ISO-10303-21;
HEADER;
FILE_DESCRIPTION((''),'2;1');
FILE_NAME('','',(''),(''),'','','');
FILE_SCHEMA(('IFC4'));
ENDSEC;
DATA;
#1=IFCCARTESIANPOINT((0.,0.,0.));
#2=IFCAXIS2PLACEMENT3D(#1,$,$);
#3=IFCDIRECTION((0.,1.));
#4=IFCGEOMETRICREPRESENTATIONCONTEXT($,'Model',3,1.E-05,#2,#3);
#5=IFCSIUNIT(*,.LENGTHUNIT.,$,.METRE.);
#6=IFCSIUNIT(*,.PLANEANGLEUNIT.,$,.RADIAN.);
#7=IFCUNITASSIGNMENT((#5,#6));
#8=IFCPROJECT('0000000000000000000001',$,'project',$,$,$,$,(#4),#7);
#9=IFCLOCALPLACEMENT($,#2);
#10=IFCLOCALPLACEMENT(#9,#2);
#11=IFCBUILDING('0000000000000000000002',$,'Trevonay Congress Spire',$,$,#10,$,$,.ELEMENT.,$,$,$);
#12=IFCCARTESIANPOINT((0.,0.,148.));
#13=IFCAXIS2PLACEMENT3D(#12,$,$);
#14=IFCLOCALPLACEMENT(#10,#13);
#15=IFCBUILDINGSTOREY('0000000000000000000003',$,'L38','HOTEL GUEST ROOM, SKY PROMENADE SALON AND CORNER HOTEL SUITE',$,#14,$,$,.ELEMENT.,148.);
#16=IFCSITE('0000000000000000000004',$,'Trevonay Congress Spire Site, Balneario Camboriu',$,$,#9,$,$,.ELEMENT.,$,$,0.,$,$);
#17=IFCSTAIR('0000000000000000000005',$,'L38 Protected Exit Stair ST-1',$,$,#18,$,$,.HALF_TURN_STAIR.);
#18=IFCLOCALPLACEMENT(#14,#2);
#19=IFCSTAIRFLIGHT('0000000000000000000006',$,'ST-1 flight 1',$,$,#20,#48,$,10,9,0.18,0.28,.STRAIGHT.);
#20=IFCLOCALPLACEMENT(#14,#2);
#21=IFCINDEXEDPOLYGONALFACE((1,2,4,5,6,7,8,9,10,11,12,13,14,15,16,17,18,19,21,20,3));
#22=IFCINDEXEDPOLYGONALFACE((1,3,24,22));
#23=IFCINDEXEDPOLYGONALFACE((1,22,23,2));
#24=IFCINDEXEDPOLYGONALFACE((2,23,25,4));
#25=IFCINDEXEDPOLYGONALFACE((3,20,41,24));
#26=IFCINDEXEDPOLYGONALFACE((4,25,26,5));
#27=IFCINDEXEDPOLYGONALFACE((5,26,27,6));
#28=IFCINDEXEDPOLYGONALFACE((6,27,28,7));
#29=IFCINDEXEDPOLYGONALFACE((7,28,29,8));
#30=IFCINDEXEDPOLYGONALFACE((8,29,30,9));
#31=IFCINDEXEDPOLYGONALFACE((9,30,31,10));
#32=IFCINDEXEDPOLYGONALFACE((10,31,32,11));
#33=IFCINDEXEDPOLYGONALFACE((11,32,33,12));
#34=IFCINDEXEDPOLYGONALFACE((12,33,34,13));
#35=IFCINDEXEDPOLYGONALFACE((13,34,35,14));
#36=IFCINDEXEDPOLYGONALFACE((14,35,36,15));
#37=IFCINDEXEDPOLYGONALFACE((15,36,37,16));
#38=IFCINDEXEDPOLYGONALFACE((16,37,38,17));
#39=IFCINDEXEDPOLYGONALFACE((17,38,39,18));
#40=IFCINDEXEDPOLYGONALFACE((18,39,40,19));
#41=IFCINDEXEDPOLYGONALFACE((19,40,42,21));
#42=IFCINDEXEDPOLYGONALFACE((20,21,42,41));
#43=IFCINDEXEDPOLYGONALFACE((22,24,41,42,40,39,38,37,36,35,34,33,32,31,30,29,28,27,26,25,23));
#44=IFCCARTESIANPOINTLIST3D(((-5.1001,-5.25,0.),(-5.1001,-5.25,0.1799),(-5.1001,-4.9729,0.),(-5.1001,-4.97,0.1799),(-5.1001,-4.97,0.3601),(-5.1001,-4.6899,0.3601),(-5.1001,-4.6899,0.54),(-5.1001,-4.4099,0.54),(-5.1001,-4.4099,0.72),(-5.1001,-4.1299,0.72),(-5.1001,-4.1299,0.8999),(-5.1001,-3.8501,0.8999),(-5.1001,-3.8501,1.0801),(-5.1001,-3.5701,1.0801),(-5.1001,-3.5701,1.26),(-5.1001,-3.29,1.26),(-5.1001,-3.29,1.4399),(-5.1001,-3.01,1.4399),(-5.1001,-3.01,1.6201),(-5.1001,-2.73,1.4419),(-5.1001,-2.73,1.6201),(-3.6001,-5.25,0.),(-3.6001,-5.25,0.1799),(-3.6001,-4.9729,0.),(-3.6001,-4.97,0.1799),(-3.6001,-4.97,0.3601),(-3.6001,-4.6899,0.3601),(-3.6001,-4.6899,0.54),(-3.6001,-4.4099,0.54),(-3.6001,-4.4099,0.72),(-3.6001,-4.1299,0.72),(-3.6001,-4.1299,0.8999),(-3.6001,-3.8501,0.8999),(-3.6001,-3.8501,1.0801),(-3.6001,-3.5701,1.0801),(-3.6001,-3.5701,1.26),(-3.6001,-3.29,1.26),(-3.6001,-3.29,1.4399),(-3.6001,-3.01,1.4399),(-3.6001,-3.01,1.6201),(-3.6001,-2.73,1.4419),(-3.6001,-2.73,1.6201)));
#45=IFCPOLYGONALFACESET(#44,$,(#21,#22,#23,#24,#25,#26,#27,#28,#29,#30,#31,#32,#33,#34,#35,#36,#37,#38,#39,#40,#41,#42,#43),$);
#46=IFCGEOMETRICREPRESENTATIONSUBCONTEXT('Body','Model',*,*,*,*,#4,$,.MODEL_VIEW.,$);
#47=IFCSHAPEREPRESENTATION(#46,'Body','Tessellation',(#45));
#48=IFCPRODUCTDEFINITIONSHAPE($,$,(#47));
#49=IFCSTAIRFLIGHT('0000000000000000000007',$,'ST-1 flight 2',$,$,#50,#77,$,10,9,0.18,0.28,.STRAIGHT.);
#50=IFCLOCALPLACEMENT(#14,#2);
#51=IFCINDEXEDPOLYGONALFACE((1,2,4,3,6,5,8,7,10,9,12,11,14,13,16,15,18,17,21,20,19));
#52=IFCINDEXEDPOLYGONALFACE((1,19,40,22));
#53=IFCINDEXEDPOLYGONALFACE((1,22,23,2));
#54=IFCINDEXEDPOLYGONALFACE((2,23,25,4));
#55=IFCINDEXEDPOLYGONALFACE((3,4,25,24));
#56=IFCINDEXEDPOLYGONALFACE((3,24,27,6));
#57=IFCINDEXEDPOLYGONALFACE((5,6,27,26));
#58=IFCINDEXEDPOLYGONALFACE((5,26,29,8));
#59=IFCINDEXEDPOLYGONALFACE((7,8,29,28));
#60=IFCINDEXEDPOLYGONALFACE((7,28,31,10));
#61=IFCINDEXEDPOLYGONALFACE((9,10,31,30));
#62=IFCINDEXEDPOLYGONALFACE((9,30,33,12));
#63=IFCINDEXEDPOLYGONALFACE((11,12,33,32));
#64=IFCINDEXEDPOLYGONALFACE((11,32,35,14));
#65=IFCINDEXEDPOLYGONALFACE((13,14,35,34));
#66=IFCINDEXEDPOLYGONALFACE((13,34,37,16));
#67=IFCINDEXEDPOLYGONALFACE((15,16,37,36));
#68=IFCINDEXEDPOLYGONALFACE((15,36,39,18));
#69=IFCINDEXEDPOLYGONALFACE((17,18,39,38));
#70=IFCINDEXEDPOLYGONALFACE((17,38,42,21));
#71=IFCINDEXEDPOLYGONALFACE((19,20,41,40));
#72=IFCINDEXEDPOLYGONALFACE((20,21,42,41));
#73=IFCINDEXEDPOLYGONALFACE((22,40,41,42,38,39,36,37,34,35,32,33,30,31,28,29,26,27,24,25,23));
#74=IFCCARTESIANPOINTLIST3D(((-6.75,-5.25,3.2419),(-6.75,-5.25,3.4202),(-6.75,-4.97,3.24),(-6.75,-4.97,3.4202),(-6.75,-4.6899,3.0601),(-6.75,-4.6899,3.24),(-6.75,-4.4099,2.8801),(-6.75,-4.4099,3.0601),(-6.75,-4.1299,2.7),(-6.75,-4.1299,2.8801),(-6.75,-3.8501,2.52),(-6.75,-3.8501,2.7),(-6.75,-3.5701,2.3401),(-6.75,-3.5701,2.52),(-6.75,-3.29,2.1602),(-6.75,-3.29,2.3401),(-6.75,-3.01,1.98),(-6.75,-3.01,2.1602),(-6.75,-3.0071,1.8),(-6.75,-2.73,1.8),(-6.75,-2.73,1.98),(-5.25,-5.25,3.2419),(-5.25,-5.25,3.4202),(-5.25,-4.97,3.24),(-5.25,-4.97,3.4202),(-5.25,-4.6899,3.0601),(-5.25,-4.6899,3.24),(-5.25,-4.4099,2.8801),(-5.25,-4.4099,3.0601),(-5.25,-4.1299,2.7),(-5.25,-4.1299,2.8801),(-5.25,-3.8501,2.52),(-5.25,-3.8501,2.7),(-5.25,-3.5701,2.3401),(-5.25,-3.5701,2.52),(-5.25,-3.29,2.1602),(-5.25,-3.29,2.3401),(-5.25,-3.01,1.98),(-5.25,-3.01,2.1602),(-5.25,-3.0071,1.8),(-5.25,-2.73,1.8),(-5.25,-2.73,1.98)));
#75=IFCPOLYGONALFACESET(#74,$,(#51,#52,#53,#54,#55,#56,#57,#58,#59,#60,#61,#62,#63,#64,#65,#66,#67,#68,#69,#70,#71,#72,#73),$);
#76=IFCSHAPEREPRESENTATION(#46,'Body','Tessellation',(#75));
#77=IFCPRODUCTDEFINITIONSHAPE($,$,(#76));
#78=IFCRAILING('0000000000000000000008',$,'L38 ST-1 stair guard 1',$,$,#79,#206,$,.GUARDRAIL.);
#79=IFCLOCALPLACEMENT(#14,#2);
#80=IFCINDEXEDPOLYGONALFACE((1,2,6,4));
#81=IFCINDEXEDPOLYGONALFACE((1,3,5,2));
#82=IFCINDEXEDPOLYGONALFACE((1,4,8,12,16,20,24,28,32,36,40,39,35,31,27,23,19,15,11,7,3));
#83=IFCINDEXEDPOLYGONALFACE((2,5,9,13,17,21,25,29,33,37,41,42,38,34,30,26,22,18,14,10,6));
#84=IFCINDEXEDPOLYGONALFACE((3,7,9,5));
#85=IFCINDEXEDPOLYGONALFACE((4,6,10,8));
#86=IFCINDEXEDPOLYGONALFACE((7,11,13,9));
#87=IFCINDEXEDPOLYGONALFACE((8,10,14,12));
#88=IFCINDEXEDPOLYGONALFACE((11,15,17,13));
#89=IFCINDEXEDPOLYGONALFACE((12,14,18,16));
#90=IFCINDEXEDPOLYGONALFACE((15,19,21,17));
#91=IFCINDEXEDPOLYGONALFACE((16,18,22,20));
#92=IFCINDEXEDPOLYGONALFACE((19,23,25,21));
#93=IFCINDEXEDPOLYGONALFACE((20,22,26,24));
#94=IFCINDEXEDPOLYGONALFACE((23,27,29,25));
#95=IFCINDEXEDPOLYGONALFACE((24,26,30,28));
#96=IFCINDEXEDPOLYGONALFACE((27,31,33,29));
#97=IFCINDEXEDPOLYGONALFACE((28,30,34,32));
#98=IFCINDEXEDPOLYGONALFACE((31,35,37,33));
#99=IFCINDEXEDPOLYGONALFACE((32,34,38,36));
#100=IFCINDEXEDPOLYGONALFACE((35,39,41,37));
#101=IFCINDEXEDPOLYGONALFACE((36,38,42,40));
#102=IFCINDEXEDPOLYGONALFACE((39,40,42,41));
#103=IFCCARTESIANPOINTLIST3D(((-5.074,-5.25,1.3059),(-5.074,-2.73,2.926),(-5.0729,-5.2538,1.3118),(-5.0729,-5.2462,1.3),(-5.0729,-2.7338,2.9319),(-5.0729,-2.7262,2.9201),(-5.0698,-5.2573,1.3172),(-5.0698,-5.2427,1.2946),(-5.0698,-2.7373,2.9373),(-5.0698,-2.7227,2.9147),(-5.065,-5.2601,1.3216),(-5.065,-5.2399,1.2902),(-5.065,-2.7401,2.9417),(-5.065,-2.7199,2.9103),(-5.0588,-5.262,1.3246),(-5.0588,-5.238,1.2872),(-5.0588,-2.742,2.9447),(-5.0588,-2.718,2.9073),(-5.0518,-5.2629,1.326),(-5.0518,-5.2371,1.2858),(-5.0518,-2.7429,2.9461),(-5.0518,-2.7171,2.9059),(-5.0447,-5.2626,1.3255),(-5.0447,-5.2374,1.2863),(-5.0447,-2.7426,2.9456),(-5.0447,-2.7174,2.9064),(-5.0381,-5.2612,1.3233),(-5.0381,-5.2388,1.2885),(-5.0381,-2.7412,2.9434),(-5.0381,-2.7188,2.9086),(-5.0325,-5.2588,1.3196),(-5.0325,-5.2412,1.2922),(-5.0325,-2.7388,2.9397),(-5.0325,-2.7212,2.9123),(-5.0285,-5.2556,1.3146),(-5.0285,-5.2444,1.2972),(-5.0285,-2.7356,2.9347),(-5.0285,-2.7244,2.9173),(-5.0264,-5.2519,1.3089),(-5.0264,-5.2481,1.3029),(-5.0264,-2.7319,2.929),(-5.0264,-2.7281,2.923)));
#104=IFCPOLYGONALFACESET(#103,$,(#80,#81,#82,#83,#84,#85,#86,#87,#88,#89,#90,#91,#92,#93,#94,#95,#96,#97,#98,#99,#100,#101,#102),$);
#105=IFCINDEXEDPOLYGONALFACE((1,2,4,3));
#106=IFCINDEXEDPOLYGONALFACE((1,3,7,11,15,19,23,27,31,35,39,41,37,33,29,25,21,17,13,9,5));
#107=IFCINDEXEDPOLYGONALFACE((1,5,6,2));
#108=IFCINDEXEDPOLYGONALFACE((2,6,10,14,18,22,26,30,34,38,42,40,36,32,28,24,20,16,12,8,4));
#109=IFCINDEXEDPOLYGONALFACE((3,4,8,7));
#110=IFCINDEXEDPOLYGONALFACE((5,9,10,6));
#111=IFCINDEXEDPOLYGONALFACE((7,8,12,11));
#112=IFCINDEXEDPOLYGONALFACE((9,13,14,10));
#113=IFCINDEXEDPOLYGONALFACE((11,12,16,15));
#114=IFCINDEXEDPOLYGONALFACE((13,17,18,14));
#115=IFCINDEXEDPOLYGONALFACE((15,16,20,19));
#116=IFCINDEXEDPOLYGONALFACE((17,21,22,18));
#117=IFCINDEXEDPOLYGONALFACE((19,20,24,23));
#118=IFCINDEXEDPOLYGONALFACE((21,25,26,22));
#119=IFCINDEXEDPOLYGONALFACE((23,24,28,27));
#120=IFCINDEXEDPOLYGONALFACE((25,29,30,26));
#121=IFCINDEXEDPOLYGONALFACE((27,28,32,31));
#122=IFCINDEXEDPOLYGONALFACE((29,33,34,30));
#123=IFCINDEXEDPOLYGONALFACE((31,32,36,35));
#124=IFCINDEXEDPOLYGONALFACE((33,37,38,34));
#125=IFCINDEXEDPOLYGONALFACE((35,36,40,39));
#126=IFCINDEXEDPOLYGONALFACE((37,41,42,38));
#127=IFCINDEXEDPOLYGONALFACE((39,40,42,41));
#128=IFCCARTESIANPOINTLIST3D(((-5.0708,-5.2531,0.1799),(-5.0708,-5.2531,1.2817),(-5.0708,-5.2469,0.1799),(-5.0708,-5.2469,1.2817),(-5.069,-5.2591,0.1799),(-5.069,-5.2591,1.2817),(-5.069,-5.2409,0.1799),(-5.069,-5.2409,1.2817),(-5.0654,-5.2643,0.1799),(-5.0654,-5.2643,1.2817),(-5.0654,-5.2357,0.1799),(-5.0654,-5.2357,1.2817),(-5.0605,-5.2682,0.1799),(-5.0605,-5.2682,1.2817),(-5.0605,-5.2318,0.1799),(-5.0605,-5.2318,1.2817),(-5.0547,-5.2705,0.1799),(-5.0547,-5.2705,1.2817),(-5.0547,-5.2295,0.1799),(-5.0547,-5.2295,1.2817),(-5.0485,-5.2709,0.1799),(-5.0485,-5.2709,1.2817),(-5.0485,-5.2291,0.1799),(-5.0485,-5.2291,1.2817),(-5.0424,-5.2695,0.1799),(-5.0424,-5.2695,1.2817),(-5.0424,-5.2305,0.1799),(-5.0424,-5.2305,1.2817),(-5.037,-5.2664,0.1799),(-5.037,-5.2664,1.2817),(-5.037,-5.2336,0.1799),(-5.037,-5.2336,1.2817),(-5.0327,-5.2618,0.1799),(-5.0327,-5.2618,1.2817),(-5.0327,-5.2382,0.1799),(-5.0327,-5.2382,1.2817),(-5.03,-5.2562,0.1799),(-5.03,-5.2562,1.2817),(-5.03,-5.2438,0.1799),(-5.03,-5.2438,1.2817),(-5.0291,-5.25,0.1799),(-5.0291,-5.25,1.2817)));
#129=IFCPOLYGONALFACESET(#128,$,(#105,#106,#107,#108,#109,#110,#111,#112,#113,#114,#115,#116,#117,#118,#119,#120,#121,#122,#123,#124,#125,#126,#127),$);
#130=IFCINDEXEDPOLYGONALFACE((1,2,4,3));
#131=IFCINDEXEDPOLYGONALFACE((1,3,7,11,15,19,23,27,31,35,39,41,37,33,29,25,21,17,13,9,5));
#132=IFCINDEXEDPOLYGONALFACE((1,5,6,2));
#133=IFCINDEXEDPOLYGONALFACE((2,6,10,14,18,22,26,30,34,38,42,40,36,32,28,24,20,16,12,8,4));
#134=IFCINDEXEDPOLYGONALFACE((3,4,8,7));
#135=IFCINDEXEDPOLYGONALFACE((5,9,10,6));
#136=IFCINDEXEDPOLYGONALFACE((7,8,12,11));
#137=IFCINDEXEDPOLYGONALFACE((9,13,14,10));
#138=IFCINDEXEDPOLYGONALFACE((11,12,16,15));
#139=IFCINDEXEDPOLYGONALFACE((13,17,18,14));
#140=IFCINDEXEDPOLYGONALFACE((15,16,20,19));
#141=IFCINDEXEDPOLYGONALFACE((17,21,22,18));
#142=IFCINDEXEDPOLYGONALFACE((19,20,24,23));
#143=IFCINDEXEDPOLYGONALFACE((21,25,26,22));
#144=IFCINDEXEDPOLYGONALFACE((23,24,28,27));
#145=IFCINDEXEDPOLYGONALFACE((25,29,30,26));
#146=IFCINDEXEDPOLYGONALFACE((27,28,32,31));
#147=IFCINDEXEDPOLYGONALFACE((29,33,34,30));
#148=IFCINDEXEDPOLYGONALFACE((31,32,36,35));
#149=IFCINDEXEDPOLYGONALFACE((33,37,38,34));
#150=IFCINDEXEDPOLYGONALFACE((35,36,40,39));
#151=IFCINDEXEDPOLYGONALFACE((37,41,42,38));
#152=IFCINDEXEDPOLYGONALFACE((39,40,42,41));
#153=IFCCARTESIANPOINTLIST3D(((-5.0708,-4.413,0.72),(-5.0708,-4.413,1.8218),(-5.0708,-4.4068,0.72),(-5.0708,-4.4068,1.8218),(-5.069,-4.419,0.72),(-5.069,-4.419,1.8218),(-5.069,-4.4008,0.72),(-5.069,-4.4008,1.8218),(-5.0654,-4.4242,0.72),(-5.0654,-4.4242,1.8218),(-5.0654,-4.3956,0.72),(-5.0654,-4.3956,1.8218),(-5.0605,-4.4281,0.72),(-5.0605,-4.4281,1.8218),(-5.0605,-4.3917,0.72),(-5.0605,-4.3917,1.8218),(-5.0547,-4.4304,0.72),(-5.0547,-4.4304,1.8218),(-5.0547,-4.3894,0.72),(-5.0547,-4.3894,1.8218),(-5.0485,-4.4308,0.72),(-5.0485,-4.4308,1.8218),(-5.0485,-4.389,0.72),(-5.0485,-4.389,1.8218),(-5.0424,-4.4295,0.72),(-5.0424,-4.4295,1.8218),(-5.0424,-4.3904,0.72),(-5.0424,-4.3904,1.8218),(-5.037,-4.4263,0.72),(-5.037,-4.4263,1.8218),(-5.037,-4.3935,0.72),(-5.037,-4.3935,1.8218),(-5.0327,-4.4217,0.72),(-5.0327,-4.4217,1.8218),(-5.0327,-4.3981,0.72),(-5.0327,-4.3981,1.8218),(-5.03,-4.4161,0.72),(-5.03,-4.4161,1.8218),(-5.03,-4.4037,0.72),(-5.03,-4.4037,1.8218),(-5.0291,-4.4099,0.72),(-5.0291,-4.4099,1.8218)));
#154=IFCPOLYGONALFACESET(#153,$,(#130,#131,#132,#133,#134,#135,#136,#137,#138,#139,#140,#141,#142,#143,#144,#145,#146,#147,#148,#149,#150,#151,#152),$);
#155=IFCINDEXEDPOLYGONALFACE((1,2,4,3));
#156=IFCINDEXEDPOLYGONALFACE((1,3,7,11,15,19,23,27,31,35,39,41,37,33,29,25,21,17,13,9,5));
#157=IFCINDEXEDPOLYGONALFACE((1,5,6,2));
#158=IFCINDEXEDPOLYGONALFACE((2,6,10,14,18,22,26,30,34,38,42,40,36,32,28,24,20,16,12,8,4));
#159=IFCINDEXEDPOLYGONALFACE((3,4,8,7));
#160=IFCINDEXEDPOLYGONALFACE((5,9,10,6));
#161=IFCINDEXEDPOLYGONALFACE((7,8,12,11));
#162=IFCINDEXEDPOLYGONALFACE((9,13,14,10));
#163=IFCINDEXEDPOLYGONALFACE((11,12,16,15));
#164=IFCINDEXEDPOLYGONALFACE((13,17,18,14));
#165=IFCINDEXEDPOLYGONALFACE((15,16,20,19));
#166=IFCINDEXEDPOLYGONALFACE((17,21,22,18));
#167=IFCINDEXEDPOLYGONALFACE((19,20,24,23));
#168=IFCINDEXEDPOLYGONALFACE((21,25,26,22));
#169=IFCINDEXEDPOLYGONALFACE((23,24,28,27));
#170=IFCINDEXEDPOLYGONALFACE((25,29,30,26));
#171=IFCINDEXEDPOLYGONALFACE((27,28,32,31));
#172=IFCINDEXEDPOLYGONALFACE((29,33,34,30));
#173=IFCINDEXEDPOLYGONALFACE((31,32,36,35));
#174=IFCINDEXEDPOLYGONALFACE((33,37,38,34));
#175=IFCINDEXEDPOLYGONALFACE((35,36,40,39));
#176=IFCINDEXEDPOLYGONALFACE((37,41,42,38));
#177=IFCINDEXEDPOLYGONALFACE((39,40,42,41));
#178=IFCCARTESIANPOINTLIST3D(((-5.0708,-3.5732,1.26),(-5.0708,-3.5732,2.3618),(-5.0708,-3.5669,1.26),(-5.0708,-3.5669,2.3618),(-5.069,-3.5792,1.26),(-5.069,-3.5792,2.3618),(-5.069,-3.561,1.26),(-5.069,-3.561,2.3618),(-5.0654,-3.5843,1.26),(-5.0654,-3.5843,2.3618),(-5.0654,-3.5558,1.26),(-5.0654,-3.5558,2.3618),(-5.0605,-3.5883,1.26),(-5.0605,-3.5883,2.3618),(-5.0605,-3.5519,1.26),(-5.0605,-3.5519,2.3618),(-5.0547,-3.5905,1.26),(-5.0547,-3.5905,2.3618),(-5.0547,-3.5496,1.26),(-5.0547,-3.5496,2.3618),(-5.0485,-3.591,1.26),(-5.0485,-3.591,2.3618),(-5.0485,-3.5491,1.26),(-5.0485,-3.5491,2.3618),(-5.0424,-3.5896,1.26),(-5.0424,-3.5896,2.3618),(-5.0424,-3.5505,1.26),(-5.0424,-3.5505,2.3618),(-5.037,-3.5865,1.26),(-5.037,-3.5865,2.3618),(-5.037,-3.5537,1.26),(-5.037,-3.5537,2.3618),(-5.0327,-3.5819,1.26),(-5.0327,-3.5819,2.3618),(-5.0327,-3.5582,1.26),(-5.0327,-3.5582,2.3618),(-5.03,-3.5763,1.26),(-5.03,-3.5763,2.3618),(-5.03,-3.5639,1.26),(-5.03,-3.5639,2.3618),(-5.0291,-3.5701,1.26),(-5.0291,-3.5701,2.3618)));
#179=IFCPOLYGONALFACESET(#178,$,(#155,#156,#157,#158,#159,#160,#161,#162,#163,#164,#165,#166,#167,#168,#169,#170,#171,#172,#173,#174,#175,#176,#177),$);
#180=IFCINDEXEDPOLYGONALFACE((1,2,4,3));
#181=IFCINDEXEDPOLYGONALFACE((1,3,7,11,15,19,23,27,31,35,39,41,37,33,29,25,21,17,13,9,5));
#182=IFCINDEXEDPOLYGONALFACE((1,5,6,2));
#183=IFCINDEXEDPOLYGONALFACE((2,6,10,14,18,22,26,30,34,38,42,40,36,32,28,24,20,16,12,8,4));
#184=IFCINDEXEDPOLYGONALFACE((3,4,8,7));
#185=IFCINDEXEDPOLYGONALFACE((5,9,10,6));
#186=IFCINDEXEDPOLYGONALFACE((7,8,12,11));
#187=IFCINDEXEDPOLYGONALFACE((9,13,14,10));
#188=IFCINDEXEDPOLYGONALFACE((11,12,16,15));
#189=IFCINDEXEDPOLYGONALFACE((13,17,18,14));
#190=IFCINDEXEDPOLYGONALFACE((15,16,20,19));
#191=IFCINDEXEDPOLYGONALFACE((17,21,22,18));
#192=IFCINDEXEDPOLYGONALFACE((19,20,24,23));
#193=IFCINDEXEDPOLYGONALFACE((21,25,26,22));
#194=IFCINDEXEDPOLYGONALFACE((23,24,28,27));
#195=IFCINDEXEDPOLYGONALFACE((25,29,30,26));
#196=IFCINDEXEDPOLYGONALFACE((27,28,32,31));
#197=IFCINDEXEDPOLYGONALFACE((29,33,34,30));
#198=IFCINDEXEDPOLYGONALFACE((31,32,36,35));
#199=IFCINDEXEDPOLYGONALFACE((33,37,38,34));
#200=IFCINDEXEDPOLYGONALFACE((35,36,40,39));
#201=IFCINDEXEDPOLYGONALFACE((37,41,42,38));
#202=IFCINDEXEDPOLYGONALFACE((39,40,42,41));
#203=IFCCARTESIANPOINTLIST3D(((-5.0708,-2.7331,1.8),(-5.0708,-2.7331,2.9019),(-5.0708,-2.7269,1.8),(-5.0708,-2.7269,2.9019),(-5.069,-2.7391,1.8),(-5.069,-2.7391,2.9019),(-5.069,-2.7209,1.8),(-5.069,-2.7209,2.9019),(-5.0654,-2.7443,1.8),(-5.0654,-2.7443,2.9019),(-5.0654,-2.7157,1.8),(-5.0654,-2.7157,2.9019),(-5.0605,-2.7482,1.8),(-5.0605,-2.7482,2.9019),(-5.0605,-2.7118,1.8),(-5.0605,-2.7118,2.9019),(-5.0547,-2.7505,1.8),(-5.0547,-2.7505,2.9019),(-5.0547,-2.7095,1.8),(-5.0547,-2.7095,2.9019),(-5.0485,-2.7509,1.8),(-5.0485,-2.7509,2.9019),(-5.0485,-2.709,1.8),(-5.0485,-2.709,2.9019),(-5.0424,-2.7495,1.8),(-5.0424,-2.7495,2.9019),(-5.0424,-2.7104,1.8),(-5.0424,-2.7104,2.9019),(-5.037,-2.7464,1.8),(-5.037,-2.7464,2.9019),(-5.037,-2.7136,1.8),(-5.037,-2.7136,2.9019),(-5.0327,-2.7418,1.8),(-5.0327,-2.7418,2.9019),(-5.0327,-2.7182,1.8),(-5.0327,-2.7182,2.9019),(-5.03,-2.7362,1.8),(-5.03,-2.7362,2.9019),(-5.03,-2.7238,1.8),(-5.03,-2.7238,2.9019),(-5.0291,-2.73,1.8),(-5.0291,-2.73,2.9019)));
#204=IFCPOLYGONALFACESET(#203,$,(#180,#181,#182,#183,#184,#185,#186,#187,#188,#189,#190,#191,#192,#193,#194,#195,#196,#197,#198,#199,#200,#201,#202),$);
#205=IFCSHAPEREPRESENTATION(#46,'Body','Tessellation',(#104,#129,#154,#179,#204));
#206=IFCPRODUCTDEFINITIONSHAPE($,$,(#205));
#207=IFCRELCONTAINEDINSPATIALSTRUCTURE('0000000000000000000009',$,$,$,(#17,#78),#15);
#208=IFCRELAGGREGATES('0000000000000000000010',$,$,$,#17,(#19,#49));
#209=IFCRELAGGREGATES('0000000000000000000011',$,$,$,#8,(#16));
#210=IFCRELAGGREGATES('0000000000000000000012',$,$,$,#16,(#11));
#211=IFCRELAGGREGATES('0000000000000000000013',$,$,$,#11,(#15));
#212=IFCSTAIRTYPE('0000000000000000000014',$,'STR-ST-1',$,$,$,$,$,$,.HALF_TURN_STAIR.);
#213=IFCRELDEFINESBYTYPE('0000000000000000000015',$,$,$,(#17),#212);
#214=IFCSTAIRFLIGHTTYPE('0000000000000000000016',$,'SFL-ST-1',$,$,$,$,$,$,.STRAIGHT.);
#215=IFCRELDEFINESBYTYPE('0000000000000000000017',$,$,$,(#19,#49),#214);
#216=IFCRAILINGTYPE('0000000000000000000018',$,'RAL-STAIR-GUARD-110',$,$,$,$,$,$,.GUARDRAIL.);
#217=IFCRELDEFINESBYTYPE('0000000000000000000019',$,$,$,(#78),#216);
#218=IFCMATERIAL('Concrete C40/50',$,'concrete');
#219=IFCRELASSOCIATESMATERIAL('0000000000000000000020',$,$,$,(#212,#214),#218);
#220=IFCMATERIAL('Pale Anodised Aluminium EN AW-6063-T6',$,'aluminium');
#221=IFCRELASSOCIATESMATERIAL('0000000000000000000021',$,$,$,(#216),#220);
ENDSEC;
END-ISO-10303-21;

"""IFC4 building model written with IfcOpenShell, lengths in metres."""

from ifc_helpers import new_model, si_unit, direction, frame, origin, origin_2d, place, context, subcontext, project, spatial, polyline, circle, outline, extrude, material, type_object, element, aggregate, save


model = new_model("IFC4")

# Units and contexts
model_context = context("Model", 3, precision=1e-05, world=origin(), true_north=direction((0.0, 1.0)))
body_context = subcontext(model_context, "Body", "Model", "MODEL_VIEW")
ifc_project = project(units=[si_unit("LENGTHUNIT", "METRE"), si_unit("PLANEANGLEUNIT", "RADIAN")], contexts=[model_context])

# Site, building, storey
site_placement = place(None, origin())
site = spatial("IfcSite", under=ifc_project, at=site_placement, Name="Trevonay Congress Spire Site, Balneario Camboriu", CompositionType="ELEMENT", RefElevation=0.0)
building_placement = place(site_placement, origin())
building = spatial("IfcBuilding", under=site, at=building_placement, Name="Trevonay Congress Spire", CompositionType="ELEMENT")
storey_placement = place(building_placement, frame((0.0, 0.0, 148.0)))
storey = spatial("IfcBuildingStorey", under=building, at=storey_placement, Name="L38", Description="HOTEL GUEST ROOM, SKY PROMENADE SALON AND CORNER HOTEL SUITE", CompositionType="ELEMENT", Elevation=148.0)

# Shared definitions
ifc_material_1 = material(Name="Concrete C40/50", Category="concrete")

# Stair, stair flights
stair_type = type_object("IfcStairType", Name="STR-ST-1", PredefinedType="HALF_TURN_STAIR", material=ifc_material_1)
stair_placement = place(storey_placement, origin())
stair = element("IfcStair", 1, at=stair_placement, inside=storey, type_object=stair_type, Name="L38 Protected Exit Stair ST-1", PredefinedType="HALF_TURN_STAIR")
stair_flight_type = type_object("IfcStairFlightType", Name="SFL-ST-1", PredefinedType="STRAIGHT", material=ifc_material_1)
stair_flight_1_placement = place(storey_placement, frame((-4.3501, -5.25, 0.0), z_axis=(0.0, 0.0, 1.0), x_axis=(0.0, 1.0, 0.0)))
stair_flight_1 = element("IfcStairFlight", 2, at=stair_flight_1_placement, type_object=stair_flight_type, Name="ST-1 flight 1", NumberOfRisers=10, NumberOfTreads=9, PredefinedType="STRAIGHT", RiserHeight=0.18, TreadLength=0.28, context=body_context, shape_type="SweptSolid", body=[
    extrude(outline(polyline([(0.0, 0.0), (0.0, 0.1799), (0.28, 0.1799), (0.28, 0.3601), (0.5601, 0.3601), (0.5601, 0.54), (0.8401, 0.54), (0.8401, 0.72), (1.1201, 0.72), (1.1201, 0.8999), (1.3999, 0.8999), (1.3999, 1.0801), (1.6799, 1.0801), (1.6799, 1.26), (1.96, 1.26), (1.96, 1.4399), (2.24, 1.4399), (2.24, 1.6201), (2.52, 1.6201), (2.52, 1.8), (2.52, 1.4419), (0.2771, 0.0), (0.0, 0.0)])), frame((0.0, 0.75, 0.0), z_axis=(0.0, -1.0, 0.0), x_axis=(1.0, 0.0, 0.0)), (0.0, 0.0, 1.0), 1.5),
])
stair_flight_2_placement = place(storey_placement, frame((-6.0, -2.73, 1.8), z_axis=(0.0, 0.0, 1.0), x_axis=(0.0, -1.0, 0.0)))
stair_flight_2 = element("IfcStairFlight", 3, at=stair_flight_2_placement, type_object=stair_flight_type, Name="ST-1 flight 2", NumberOfRisers=10, NumberOfTreads=9, PredefinedType="STRAIGHT", RiserHeight=0.18, TreadLength=0.28, context=body_context, shape_type="SweptSolid", body=[
    extrude(outline(polyline([(0.0, 0.0), (0.0, 0.1799), (0.28, 0.1799), (0.28, 0.3601), (0.5601, 0.3601), (0.5601, 0.54), (0.8401, 0.54), (0.8401, 0.72), (1.1201, 0.72), (1.1201, 0.8999), (1.3999, 0.8999), (1.3999, 1.0801), (1.6799, 1.0801), (1.6799, 1.26), (1.96, 1.26), (1.96, 1.4399), (2.24, 1.4399), (2.24, 1.6201), (2.52, 1.6201), (2.52, 1.8), (2.52, 1.4419), (0.2771, 0.0), (0.0, 0.0)])), frame((0.0, 0.75, 0.0), z_axis=(0.0, -1.0, 0.0), x_axis=(1.0, 0.0, 0.0)), (0.0, 0.0, 1.0), 1.5),
])
aggregate(stair, [stair_flight_1, stair_flight_2])

# Railing
ifc_material_2 = material(Name="Pale Anodised Aluminium EN AW-6063-T6", Category="aluminium")
railing_type_1 = type_object("IfcRailingType", Name="RAL-STAIR-GUARD-110", PredefinedType="GUARDRAIL", material=ifc_material_2)
railing_1_placement = place(storey_placement, frame((-5.05, -5.25, 0.1799)))
element("IfcRailing", 4, at=railing_1_placement, inside=storey, type_object=railing_type_1, Name="L38 ST-1 stair guard 1", PredefinedType="GUARDRAIL", context=body_context, shape_type="SweptSolid", body=[
    extrude(circle(Radius=0.0239, at=origin_2d()), frame((0.0, 0.0, 1.126), z_axis=(0.0, 0.841163, 0.540782), x_axis=(-1.0, 0.0, 0.0)), (0.0, 0.0, 1.0), 2.9958),
    extrude(circle(Radius=0.021, at=origin_2d()), origin(), (0.0, 0.0, 1.0), 1.1018),
    extrude(circle(Radius=0.021, at=origin_2d()), frame((0.0, 0.8401, 0.54)), (0.0, 0.0, 1.0), 1.1018),
    extrude(circle(Radius=0.021, at=origin_2d()), frame((0.0, 1.6799, 1.0801)), (0.0, 0.0, 1.0), 1.1018),
    extrude(circle(Radius=0.021, at=origin_2d()), frame((0.0, 2.52, 1.6201)), (0.0, 0.0, 1.0), 1.1018),
])

save(model, "model.ifc")
